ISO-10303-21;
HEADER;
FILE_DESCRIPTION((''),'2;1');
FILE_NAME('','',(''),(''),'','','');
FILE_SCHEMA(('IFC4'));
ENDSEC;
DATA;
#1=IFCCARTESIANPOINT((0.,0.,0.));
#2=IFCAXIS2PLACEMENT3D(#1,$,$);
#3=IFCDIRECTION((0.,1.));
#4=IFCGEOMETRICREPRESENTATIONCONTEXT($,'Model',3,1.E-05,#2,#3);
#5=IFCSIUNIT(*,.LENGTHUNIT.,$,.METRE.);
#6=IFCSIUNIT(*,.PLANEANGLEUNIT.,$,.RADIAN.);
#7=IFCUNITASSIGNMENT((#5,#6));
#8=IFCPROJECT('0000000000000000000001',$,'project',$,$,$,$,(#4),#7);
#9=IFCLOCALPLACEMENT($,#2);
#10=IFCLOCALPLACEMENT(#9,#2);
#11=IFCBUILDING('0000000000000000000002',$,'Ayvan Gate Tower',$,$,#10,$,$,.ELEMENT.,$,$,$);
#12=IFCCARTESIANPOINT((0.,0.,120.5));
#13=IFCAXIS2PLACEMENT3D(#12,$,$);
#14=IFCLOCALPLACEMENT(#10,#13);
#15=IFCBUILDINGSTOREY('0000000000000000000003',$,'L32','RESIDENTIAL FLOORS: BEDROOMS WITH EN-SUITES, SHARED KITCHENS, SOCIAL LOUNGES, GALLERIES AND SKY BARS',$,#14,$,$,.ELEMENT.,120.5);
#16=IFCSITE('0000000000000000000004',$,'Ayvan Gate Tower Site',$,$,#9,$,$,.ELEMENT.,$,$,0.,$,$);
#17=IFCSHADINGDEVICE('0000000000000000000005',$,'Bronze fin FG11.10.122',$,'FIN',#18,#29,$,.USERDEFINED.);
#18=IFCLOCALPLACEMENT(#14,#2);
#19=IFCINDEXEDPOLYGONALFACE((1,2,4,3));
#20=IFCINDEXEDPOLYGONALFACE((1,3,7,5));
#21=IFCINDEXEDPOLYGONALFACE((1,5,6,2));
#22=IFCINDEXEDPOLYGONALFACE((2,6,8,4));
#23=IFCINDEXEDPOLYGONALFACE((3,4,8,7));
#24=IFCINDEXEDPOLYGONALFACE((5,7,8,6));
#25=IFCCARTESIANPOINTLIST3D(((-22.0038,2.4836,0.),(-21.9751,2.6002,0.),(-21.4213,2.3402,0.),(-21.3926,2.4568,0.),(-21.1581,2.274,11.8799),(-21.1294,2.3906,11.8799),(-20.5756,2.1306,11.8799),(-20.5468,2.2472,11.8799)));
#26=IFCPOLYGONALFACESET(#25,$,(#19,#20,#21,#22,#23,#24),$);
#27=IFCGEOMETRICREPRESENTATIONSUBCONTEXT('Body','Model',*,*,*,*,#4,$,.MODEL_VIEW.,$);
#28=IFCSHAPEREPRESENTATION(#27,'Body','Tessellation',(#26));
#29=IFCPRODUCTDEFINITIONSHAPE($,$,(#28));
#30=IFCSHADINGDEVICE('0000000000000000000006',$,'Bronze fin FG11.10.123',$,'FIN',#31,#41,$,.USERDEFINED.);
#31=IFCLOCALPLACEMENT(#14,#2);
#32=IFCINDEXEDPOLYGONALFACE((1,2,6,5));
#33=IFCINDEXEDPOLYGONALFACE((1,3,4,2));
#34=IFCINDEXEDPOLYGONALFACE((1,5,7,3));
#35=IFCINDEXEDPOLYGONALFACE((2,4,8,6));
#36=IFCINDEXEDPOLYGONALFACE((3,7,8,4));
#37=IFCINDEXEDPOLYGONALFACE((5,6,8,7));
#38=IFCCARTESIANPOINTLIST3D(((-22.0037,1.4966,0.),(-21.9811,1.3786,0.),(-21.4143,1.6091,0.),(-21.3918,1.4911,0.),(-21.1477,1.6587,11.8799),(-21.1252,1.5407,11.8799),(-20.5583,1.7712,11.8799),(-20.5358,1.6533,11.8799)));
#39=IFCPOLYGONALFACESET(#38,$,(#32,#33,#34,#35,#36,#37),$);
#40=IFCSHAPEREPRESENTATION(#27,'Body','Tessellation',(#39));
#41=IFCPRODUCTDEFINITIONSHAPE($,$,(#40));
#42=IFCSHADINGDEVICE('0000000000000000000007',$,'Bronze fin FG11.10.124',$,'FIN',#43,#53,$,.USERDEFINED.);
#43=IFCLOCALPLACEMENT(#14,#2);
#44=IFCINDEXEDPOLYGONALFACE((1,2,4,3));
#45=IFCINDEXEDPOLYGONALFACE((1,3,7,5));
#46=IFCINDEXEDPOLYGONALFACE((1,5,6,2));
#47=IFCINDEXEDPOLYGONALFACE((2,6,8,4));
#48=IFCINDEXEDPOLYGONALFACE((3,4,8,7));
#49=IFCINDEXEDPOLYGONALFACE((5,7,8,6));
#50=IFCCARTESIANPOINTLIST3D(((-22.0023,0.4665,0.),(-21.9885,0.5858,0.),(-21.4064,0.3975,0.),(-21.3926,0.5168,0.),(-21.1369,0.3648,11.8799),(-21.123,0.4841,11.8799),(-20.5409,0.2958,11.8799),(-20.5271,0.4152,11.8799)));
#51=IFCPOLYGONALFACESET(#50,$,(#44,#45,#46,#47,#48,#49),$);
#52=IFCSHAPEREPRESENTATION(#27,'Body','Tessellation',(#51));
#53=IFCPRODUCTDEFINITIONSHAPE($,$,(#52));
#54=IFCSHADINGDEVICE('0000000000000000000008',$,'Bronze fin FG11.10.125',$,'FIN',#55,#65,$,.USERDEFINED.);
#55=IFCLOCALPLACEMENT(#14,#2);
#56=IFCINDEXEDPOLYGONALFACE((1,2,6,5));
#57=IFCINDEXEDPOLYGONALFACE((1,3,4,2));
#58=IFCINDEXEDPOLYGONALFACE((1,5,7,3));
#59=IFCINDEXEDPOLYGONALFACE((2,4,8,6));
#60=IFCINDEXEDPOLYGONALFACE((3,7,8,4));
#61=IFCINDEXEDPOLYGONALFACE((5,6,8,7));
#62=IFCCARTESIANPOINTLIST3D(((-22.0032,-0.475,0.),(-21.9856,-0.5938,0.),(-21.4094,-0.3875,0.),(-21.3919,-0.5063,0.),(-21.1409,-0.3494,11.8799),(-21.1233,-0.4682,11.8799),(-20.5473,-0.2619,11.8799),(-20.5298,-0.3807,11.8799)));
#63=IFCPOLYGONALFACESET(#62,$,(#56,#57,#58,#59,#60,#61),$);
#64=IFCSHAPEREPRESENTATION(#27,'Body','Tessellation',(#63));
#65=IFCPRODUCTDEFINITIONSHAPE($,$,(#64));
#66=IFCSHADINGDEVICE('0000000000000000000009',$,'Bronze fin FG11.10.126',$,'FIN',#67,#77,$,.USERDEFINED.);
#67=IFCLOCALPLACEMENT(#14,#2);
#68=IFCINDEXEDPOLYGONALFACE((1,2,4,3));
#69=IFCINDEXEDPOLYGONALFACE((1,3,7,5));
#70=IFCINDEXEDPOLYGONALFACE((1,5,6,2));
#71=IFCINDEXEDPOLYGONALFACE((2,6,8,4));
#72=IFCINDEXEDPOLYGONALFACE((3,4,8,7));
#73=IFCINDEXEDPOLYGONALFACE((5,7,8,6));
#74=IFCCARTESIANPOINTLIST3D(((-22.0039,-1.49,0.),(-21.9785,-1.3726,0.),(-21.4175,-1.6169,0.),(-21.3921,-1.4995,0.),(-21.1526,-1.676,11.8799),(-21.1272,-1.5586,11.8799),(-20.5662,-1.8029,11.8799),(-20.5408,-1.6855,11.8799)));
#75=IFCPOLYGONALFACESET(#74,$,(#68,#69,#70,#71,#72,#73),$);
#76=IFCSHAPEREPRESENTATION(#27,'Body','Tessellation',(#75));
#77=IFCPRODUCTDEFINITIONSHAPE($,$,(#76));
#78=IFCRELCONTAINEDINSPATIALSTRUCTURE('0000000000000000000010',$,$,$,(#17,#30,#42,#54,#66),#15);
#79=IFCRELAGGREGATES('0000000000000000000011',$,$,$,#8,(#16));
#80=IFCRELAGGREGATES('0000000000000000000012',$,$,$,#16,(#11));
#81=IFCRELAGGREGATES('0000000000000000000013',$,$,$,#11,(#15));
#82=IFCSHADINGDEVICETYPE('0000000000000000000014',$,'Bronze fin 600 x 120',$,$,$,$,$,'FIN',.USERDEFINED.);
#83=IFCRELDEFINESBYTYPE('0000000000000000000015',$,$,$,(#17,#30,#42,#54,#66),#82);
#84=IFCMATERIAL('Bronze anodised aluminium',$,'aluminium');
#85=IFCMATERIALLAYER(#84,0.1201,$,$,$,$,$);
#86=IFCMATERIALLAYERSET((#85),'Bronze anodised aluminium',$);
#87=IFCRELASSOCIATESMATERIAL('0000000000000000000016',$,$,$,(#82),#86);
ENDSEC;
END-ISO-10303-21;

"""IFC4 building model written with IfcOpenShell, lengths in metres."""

from ifc_helpers import new_model, si_unit, direction, frame, origin, place, context, subcontext, project, spatial, polyline, outline, extrude, material, layer, layer_set, type_object, element, save


model = new_model("IFC4")

# Units and contexts
model_context = context("Model", 3, precision=1e-05, world=origin(), true_north=direction((0.0, 1.0)))
body_context = subcontext(model_context, "Body", "Model", "MODEL_VIEW")
ifc_project = project(units=[si_unit("LENGTHUNIT", "METRE"), si_unit("PLANEANGLEUNIT", "RADIAN")], contexts=[model_context])

# Site, building, storey
site_placement = place(None, origin())
site = spatial("IfcSite", under=ifc_project, at=site_placement, Name="Ayvan Gate Tower Site", CompositionType="ELEMENT", RefElevation=0.0)
building_placement = place(site_placement, origin())
building = spatial("IfcBuilding", under=site, at=building_placement, Name="Ayvan Gate Tower", CompositionType="ELEMENT")
storey_placement = place(building_placement, frame((0.0, 0.0, 120.5)))
storey = spatial("IfcBuildingStorey", under=building, at=storey_placement, Name="L32", Description="RESIDENTIAL FLOORS: BEDROOMS WITH EN-SUITES, SHARED KITCHENS, SOCIAL LOUNGES, GALLERIES AND SKY BARS", CompositionType="ELEMENT", Elevation=120.5)

# Shared definitions
ifc_material_1 = material(Name="Bronze anodised aluminium", Category="aluminium")

# Shading devices
ifc_layer_1 = layer(ifc_material_1, 0.1201)
ifc_layer_set_1 = layer_set([ifc_layer_1], Name="Bronze anodised aluminium")
shading_device_type = type_object("IfcShadingDeviceType", Name="Bronze fin 600 x 120", ElementType="FIN", PredefinedType="USERDEFINED", material=ifc_layer_set_1)
shading_device_1_placement = place(storey_placement, frame((-21.3926, 2.4568, 0.0), z_axis=(0.239087, 0.970998, 0.000111), x_axis=(-0.970998, 0.239087, 0.0)))
element("IfcShadingDevice", 1, at=shading_device_1_placement, inside=storey, type_object=shading_device_type, Name="Bronze fin FG11.10.122", ObjectType="FIN", PredefinedType="USERDEFINED", context=body_context, shape_type="SweptSolid", body=[
    extrude(outline(polyline([(0.0, 0.0), (0.5999, 0.0), (-0.2714, 11.8799), (-0.8713, 11.8799), (0.0, 0.0)])), origin(), (0.0, 0.0, -1.0), 0.1201),
])
shading_device_2_placement = place(storey_placement, frame((-21.4143, 1.6091, 0.0), z_axis=(-0.18758, 0.982249, 0.000112), x_axis=(-0.982249, -0.18758, 0.0)))
element("IfcShadingDevice", 2, at=shading_device_2_placement, inside=storey, type_object=shading_device_type, Name="Bronze fin FG11.10.123", ObjectType="FIN", PredefinedType="USERDEFINED", context=body_context, shape_type="SweptSolid", body=[
    extrude(outline(polyline([(0.0, 0.0), (0.6, 0.0), (-0.2712, 11.8799), (-0.8712, 11.8799), (0.0, 0.0)])), origin(), (0.0, 0.0, -1.0), 0.1201),
])
shading_device_3_placement = place(storey_placement, frame((-21.3926, 0.5168, 0.0), z_axis=(0.114964, 0.99337, 0.000127), x_axis=(-0.99337, 0.114964, 0.0)))
element("IfcShadingDevice", 3, at=shading_device_3_placement, inside=storey, type_object=shading_device_type, Name="Bronze fin FG11.10.124", ObjectType="FIN", PredefinedType="USERDEFINED", context=body_context, shape_type="SweptSolid", body=[
    extrude(outline(polyline([(0.0, 0.0), (0.5999, 0.0), (-0.2715, 11.8799), (-0.8714, 11.8799), (0.0, 0.0)])), origin(), (0.0, 0.0, -1.0), 0.1201),
])
shading_device_4_placement = place(storey_placement, frame((-21.4094, -0.3875, 0.0), z_axis=(-0.145863, 0.989305, 0.000126), x_axis=(-0.989305, -0.145863, 0.0)))
element("IfcShadingDevice", 4, at=shading_device_4_placement, inside=storey, type_object=shading_device_type, Name="Bronze fin FG11.10.125", ObjectType="FIN", PredefinedType="USERDEFINED", context=body_context, shape_type="SweptSolid", body=[
    extrude(outline(polyline([(0.0, 0.0), (0.6001, 0.0), (-0.2712, 11.8799), (-0.8712, 11.8799), (0.0, 0.0)])), origin(), (0.0, 0.0, -1.0), 0.1201),
])
shading_device_5_placement = place(storey_placement, frame((-21.3921, -1.4995, 0.0), z_axis=(0.211585, 0.97736, 0.000143), x_axis=(-0.97736, 0.211585, 0.0)))
element("IfcShadingDevice", 5, at=shading_device_5_placement, inside=storey, type_object=shading_device_type, Name="Bronze fin FG11.10.126", ObjectType="FIN", PredefinedType="USERDEFINED", context=body_context, shape_type="SweptSolid", body=[
    extrude(outline(polyline([(0.0, 0.0), (0.6, 0.0), (-0.2714, 11.8799), (-0.8714, 11.8799), (0.0, 0.0)])), origin(), (0.0, 0.0, -1.0), 0.1201),
])

save(model, "model.ifc")
